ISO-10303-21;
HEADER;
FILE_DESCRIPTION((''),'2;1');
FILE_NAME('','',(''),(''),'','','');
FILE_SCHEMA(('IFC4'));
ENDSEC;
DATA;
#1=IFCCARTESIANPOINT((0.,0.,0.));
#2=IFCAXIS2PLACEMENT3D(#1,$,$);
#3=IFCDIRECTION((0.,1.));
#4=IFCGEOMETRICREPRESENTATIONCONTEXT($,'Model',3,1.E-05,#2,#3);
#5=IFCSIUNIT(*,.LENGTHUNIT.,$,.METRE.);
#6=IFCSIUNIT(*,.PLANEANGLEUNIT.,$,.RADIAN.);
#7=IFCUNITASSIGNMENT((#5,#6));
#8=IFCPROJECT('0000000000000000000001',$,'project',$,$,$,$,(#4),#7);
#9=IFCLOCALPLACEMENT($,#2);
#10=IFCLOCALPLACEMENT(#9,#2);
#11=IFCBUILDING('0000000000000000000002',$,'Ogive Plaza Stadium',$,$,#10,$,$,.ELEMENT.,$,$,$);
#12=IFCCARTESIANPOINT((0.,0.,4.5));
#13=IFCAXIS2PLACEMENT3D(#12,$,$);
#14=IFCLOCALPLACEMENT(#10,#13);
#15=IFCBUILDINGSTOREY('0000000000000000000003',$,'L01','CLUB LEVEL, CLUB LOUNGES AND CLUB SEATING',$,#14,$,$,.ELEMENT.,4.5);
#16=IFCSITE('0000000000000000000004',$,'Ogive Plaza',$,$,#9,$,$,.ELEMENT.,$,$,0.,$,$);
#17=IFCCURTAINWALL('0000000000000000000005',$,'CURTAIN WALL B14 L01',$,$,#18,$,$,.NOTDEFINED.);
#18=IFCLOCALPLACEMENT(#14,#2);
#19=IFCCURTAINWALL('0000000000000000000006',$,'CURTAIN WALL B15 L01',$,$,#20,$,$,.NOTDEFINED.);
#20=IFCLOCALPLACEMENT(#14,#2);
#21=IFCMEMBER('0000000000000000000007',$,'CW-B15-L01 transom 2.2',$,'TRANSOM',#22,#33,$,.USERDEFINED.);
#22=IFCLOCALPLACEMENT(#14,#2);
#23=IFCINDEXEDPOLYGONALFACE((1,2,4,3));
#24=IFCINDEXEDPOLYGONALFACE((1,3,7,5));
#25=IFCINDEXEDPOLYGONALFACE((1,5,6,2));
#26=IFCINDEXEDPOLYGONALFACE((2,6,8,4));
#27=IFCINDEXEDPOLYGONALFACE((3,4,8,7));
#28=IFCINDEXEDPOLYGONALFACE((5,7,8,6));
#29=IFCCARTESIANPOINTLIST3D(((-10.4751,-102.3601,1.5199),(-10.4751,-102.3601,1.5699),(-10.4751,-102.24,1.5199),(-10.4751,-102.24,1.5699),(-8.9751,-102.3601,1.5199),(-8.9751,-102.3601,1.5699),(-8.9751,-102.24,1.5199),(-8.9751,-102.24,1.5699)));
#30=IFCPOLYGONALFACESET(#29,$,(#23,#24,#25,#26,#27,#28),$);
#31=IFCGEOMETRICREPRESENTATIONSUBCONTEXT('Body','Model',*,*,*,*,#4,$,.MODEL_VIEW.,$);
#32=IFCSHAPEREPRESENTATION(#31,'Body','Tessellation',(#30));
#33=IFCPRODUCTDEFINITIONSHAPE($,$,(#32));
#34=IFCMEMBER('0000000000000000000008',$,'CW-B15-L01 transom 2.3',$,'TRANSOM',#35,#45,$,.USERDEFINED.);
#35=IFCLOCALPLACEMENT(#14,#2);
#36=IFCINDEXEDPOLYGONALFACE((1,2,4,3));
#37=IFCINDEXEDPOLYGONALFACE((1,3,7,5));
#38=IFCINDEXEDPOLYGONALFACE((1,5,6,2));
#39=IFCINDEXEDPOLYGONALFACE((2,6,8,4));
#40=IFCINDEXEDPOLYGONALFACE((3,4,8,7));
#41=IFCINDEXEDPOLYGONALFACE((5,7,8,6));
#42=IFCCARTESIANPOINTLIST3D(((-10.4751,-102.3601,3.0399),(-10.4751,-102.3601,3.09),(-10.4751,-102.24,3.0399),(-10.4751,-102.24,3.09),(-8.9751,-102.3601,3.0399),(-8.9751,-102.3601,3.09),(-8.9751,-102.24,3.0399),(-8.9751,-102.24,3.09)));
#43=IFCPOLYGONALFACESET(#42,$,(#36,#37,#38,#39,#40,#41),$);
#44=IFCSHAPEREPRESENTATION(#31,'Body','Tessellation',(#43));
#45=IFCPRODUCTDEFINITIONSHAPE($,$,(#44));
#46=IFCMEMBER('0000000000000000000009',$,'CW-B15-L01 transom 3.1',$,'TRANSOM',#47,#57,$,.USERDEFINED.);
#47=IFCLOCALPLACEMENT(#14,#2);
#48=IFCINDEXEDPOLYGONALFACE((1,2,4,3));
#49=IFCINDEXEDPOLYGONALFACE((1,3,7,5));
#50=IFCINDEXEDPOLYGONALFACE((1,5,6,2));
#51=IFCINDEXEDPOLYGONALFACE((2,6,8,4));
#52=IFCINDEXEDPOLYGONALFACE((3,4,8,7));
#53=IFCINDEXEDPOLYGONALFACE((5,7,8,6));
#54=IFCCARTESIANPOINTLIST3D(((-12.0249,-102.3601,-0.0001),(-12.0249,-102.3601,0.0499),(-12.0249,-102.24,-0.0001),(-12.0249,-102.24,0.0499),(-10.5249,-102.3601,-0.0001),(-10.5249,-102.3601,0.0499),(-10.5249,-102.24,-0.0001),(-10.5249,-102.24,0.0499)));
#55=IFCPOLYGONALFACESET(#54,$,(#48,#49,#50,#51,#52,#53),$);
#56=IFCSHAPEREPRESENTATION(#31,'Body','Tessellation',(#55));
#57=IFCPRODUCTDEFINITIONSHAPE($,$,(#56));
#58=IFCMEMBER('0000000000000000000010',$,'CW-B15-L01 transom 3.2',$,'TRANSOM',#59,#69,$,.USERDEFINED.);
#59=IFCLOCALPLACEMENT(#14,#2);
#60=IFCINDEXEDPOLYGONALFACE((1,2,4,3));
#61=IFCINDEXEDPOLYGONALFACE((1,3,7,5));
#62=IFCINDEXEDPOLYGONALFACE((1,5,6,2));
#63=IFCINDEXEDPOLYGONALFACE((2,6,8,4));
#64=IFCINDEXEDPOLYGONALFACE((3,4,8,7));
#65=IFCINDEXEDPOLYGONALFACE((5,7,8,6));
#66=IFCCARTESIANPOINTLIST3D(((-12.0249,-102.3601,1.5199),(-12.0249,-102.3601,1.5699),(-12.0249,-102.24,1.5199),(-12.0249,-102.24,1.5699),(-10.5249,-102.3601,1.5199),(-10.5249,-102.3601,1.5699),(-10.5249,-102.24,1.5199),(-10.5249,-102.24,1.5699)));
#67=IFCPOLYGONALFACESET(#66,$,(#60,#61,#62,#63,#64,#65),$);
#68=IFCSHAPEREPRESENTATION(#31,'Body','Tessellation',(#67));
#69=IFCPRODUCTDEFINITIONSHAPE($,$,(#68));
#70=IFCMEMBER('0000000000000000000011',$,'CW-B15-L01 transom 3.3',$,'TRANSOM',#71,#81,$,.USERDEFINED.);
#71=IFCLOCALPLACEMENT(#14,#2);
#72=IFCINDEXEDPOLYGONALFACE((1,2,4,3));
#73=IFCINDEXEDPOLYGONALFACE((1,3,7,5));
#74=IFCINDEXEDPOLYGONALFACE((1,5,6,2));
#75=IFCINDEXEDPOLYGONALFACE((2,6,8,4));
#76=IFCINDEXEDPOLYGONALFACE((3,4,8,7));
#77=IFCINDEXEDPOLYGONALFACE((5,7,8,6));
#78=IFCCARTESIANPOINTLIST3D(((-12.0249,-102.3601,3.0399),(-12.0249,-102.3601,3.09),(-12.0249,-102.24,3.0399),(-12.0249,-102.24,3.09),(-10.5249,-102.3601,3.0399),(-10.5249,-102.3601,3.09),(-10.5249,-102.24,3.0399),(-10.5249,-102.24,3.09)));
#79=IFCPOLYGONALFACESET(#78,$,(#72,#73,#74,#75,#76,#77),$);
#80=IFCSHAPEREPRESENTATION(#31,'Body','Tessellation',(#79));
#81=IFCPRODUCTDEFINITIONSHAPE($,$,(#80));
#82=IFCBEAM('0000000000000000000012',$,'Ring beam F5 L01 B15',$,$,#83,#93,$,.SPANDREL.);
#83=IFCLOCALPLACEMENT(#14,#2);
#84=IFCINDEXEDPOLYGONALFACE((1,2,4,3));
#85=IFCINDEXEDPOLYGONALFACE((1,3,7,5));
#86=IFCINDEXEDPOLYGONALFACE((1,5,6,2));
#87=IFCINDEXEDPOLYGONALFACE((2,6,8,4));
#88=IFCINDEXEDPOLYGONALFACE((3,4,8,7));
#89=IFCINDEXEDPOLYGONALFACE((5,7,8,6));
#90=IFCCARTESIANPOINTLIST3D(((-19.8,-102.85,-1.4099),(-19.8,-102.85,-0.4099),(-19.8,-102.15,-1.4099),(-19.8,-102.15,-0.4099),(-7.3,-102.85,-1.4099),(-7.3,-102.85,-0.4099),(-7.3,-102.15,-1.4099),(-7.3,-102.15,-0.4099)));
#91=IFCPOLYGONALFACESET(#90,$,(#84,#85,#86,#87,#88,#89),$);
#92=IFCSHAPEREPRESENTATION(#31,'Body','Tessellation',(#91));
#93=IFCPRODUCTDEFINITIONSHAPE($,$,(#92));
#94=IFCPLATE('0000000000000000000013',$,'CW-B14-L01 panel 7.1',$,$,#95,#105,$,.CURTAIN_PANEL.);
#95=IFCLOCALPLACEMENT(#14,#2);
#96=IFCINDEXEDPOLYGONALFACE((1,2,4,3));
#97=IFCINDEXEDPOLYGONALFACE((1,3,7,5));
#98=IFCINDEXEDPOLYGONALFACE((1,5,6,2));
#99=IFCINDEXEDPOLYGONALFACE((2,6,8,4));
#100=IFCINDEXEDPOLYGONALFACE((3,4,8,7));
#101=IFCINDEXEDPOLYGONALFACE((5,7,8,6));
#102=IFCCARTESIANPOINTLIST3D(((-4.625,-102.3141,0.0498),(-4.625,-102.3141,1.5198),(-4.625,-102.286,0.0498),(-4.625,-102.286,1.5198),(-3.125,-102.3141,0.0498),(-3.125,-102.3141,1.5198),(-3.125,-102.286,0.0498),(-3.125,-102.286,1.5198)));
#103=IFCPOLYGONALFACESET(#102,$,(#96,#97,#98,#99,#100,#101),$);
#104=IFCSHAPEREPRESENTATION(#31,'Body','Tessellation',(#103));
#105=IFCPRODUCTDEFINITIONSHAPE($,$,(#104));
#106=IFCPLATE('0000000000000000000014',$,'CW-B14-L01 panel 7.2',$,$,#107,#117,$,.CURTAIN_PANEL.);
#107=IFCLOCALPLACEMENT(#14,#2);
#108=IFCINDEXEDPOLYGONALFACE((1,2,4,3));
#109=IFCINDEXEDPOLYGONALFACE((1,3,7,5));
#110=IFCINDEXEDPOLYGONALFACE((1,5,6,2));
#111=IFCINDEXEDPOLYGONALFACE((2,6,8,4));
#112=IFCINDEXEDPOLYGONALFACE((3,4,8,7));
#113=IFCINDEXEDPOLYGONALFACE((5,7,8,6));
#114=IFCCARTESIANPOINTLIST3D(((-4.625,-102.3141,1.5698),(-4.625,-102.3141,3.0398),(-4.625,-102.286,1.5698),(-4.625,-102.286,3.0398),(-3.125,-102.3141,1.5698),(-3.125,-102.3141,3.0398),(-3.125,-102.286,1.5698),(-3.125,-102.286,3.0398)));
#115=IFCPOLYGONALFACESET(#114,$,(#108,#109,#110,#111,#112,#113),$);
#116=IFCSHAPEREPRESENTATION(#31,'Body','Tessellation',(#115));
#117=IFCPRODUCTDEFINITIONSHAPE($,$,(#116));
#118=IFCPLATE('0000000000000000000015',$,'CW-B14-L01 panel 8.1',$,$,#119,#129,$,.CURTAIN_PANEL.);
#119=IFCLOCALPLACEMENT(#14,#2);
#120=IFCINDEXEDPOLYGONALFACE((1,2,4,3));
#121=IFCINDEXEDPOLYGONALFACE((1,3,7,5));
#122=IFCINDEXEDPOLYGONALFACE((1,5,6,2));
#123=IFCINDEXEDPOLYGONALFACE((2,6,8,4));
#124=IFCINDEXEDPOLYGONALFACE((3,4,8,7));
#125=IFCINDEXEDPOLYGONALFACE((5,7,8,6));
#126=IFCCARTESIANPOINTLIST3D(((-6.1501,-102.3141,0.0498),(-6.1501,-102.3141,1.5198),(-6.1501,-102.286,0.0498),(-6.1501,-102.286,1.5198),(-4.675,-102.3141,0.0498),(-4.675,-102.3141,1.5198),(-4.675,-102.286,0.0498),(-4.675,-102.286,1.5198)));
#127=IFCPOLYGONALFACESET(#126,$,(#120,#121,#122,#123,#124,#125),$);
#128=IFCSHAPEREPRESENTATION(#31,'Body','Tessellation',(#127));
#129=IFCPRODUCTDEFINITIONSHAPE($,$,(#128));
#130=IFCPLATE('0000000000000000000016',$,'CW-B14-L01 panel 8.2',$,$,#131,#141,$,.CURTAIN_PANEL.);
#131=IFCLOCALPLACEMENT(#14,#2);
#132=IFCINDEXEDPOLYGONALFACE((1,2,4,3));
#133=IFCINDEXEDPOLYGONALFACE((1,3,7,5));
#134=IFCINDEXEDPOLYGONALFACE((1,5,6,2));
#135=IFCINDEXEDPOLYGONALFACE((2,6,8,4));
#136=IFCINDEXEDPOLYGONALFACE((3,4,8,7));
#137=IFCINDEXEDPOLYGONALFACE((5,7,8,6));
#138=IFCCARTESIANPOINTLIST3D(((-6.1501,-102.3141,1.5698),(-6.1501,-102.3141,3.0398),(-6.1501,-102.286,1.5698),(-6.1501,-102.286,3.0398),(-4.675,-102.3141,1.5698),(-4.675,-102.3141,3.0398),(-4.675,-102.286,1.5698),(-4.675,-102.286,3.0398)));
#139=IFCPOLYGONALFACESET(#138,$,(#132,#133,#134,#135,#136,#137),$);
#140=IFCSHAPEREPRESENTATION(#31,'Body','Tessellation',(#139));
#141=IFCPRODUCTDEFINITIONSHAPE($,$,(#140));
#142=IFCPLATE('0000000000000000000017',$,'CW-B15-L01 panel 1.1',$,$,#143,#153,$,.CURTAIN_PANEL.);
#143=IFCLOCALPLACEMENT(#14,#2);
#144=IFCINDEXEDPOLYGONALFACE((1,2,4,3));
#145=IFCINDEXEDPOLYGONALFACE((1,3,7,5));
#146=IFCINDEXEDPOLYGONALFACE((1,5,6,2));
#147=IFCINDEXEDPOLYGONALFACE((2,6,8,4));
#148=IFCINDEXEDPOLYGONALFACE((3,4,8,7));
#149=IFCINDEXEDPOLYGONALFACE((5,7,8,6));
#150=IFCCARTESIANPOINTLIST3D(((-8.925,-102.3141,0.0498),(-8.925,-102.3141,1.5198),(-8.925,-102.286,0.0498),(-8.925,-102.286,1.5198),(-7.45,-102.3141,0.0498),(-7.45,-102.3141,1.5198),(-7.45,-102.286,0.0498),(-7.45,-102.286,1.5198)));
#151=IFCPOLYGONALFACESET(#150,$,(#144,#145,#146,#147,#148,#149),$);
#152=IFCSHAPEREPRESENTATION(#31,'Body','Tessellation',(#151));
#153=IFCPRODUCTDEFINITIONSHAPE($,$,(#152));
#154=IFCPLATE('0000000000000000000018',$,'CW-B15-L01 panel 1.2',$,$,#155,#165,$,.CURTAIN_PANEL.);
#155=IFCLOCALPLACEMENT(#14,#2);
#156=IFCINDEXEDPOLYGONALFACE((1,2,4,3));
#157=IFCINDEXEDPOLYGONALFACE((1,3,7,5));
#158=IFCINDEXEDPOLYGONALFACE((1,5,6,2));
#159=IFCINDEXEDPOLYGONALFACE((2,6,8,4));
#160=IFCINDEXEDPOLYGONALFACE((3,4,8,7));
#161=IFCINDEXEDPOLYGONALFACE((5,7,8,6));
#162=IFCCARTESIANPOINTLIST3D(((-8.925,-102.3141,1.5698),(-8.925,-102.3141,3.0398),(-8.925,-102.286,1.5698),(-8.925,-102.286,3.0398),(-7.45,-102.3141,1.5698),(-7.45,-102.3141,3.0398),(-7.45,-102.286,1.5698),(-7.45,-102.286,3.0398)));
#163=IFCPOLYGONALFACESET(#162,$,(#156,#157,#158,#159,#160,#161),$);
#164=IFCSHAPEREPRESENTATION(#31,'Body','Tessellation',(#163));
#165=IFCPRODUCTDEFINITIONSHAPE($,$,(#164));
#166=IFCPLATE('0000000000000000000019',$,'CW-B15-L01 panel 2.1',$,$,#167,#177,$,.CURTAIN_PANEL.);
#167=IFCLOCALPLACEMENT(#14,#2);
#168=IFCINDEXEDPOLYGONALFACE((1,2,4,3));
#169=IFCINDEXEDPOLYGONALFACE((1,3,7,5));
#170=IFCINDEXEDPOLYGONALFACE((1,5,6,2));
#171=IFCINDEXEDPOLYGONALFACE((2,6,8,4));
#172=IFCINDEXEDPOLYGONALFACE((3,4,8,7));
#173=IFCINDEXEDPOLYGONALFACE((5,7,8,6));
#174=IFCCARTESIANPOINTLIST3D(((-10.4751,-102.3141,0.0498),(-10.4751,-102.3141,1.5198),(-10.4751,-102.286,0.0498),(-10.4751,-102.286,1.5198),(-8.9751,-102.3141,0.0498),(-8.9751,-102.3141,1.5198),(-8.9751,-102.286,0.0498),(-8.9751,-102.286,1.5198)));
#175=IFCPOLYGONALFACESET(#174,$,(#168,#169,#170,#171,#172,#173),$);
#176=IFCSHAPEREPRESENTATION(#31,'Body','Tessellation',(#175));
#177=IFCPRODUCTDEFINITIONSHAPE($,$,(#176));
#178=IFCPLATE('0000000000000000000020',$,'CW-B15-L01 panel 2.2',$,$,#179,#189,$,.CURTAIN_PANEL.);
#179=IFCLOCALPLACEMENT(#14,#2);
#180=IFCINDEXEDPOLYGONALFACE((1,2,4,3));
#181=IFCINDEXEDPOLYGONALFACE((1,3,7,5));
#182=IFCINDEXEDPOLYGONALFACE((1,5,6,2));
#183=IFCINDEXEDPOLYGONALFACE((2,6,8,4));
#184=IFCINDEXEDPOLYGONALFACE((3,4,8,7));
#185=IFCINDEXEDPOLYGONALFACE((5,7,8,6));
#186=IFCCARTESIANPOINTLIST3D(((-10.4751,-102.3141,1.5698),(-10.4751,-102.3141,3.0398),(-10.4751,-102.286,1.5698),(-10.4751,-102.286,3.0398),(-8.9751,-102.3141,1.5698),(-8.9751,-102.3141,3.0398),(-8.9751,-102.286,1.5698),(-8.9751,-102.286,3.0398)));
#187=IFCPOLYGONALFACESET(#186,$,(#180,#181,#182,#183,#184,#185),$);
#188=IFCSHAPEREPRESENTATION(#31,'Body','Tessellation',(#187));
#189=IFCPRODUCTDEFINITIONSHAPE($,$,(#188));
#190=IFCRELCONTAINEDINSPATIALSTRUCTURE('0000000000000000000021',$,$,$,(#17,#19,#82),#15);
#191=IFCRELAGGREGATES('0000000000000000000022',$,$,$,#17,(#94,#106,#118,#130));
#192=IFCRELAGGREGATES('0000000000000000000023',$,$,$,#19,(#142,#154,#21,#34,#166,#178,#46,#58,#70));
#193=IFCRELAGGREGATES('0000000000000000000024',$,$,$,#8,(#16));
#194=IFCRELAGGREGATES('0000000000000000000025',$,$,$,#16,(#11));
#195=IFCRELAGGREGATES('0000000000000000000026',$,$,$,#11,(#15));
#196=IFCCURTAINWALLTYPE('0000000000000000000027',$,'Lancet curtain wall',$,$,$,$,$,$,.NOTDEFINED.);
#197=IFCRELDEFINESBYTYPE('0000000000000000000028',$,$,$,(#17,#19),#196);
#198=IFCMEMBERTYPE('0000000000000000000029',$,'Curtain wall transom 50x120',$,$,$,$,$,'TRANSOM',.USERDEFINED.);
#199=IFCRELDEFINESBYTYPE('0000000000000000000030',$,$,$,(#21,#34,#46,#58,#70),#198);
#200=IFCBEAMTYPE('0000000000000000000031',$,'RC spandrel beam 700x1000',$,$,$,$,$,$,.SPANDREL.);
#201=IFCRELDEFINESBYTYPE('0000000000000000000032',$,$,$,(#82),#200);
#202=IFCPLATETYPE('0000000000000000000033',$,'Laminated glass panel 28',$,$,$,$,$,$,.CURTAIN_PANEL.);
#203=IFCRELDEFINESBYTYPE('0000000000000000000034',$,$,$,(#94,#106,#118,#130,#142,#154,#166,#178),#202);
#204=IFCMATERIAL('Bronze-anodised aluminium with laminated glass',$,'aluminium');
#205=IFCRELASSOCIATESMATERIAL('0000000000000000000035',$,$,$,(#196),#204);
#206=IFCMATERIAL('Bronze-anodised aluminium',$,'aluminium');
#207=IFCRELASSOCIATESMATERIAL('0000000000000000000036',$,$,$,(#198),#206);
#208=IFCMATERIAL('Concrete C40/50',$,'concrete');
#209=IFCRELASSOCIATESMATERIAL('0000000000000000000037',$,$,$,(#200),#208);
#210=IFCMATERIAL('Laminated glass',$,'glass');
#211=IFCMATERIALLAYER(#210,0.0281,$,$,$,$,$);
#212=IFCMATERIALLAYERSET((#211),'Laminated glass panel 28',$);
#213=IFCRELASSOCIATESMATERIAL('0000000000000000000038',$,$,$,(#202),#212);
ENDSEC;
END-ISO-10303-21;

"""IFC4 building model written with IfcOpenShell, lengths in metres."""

from ifc_helpers import new_model, si_unit, direction, frame, origin, origin_2d, place, context, subcontext, project, spatial, rectangle, extrude, material, layer, layer_set, material_profile, profile_set, type_object, element, aggregate, save


model = new_model("IFC4")

# Units and contexts
model_context = context("Model", 3, precision=1e-05, world=origin(), true_north=direction((0.0, 1.0)))
body_context = subcontext(model_context, "Body", "Model", "MODEL_VIEW")
ifc_project = project(units=[si_unit("LENGTHUNIT", "METRE"), si_unit("PLANEANGLEUNIT", "RADIAN")], contexts=[model_context])

# Site, building, storey
site_placement = place(None, origin())
site = spatial("IfcSite", under=ifc_project, at=site_placement, Name="Ogive Plaza", CompositionType="ELEMENT", RefElevation=0.0)
building_placement = place(site_placement, origin())
building = spatial("IfcBuilding", under=site, at=building_placement, Name="Ogive Plaza Stadium", CompositionType="ELEMENT")
storey_placement = place(building_placement, frame((0.0, 0.0, 4.5)))
storey = spatial("IfcBuildingStorey", under=building, at=storey_placement, Name="L01", Description="CLUB LEVEL, CLUB LOUNGES AND CLUB SEATING", CompositionType="ELEMENT", Elevation=4.5)

# Curtain walls
ifc_material_1 = material(Name="Bronze-anodised aluminium with laminated glass", Category="aluminium")
curtain_wall_type = type_object("IfcCurtainWallType", Name="Lancet curtain wall", PredefinedType="NOTDEFINED", material=ifc_material_1)
curtain_wall_1_placement = place(storey_placement, origin())
curtain_wall_1 = element("IfcCurtainWall", 1, at=curtain_wall_1_placement, inside=storey, type_object=curtain_wall_type, Name="CURTAIN WALL B14 L01", PredefinedType="NOTDEFINED")
curtain_wall_2_placement = place(storey_placement, origin())
curtain_wall_2 = element("IfcCurtainWall", 2, at=curtain_wall_2_placement, inside=storey, type_object=curtain_wall_type, Name="CURTAIN WALL B15 L01", PredefinedType="NOTDEFINED")

# Members
ifc_material_2 = material(Name="Bronze-anodised aluminium", Category="aluminium")
ifc_material_profile_1 = material_profile(ifc_material_2, rectangle(XDim=0.1201, YDim=0.05, at=origin_2d()), Name="AL 120x50")
ifc_profile_set_1 = profile_set([ifc_material_profile_1], Name="Bronze-anodised aluminium")
member_type_1 = type_object("IfcMemberType", Name="Curtain wall transom 50x120", ElementType="TRANSOM", PredefinedType="USERDEFINED", material=ifc_profile_set_1)
member_1_placement = place(storey_placement, frame((-8.9751, -102.3, 1.5449), z_axis=(-1.0, 0.0, 0.0), x_axis=(0.0, -1.0, 0.0)))
member_1 = element("IfcMember", 3, at=member_1_placement, type_object=member_type_1, Name="CW-B15-L01 transom 2.2", ObjectType="TRANSOM", PredefinedType="USERDEFINED", context=body_context, shape_type="SweptSolid", body=[
    extrude(rectangle(XDim=0.1201, YDim=0.05, at=origin_2d()), origin(), (0.0, 0.0, 1.0), 1.5),
])
member_2_placement = place(storey_placement, frame((-8.9751, -102.3, 3.0649), z_axis=(-1.0, 0.0, 0.0), x_axis=(0.0, -1.0, 0.0)))
member_2 = element("IfcMember", 4, at=member_2_placement, type_object=member_type_1, Name="CW-B15-L01 transom 2.3", ObjectType="TRANSOM", PredefinedType="USERDEFINED", context=body_context, shape_type="SweptSolid", body=[
    extrude(rectangle(XDim=0.1201, YDim=0.05, at=origin_2d()), origin(), (0.0, 0.0, 1.0), 1.5),
])
member_3_placement = place(storey_placement, frame((-10.5249, -102.3, 0.0249), z_axis=(-1.0, 0.0, 0.0), x_axis=(0.0, -1.0, 0.0)))
member_3 = element("IfcMember", 5, at=member_3_placement, type_object=member_type_1, Name="CW-B15-L01 transom 3.1", ObjectType="TRANSOM", PredefinedType="USERDEFINED", context=body_context, shape_type="SweptSolid", body=[
    extrude(rectangle(XDim=0.1201, YDim=0.05, at=origin_2d()), origin(), (0.0, 0.0, 1.0), 1.5),
])
member_4_placement = place(storey_placement, frame((-10.5249, -102.3, 1.5449), z_axis=(-1.0, 0.0, 0.0), x_axis=(0.0, -1.0, 0.0)))
member_4 = element("IfcMember", 6, at=member_4_placement, type_object=member_type_1, Name="CW-B15-L01 transom 3.2", ObjectType="TRANSOM", PredefinedType="USERDEFINED", context=body_context, shape_type="SweptSolid", body=[
    extrude(rectangle(XDim=0.1201, YDim=0.05, at=origin_2d()), origin(), (0.0, 0.0, 1.0), 1.5),
])
member_5_placement = place(storey_placement, frame((-10.5249, -102.3, 3.0649), z_axis=(-1.0, 0.0, 0.0), x_axis=(0.0, -1.0, 0.0)))
member_5 = element("IfcMember", 7, at=member_5_placement, type_object=member_type_1, Name="CW-B15-L01 transom 3.3", ObjectType="TRANSOM", PredefinedType="USERDEFINED", context=body_context, shape_type="SweptSolid", body=[
    extrude(rectangle(XDim=0.1201, YDim=0.05, at=origin_2d()), origin(), (0.0, 0.0, 1.0), 1.5),
])

# Beam
ifc_material_3 = material(Name="Concrete C40/50", Category="concrete")
ifc_material_profile_2 = material_profile(ifc_material_3, rectangle(XDim=0.7, YDim=1.0, at=origin_2d()), Name="RC 700x1000")
ifc_profile_set_2 = profile_set([ifc_material_profile_2], Name="Concrete C40/50")
beam_type = type_object("IfcBeamType", Name="RC spandrel beam 700x1000", PredefinedType="SPANDREL", material=ifc_profile_set_2)
beam_placement = place(storey_placement, frame((-7.3, -102.5, -0.9099), z_axis=(-1.0, 0.0, 0.0), x_axis=(0.0, -1.0, 0.0)))
element("IfcBeam", 8, at=beam_placement, inside=storey, type_object=beam_type, Name="Ring beam F5 L01 B15", PredefinedType="SPANDREL", context=body_context, shape_type="SweptSolid", body=[
    extrude(rectangle(XDim=0.7, YDim=1.0, at=origin_2d()), origin(), (0.0, 0.0, 1.0), 12.5),
])

# Plates
ifc_material_4 = material(Name="Laminated glass", Category="glass")
ifc_layer_1 = layer(ifc_material_4, 0.0281)
ifc_layer_set_1 = layer_set([ifc_layer_1], Name="Laminated glass panel 28")
plate_type = type_object("IfcPlateType", Name="Laminated glass panel 28", PredefinedType="CURTAIN_PANEL", material=ifc_layer_set_1)
plate_1_placement = place(storey_placement, frame((-3.875, -102.3, 0.0498), z_axis=(0.0, 0.0, 1.0), x_axis=(-1.0, 0.0, 0.0)))
plate_1 = element("IfcPlate", 9, at=plate_1_placement, type_object=plate_type, Name="CW-B14-L01 panel 7.1", PredefinedType="CURTAIN_PANEL", context=body_context, shape_type="SweptSolid", body=[
    extrude(rectangle(XDim=1.5, YDim=0.0281, at=origin_2d()), origin(), (0.0, 0.0, 1.0), 1.47),
])
plate_2_placement = place(storey_placement, frame((-3.875, -102.3, 1.5698), z_axis=(0.0, 0.0, 1.0), x_axis=(-1.0, 0.0, 0.0)))
plate_2 = element("IfcPlate", 10, at=plate_2_placement, type_object=plate_type, Name="CW-B14-L01 panel 7.2", PredefinedType="CURTAIN_PANEL", context=body_context, shape_type="SweptSolid", body=[
    extrude(rectangle(XDim=1.5, YDim=0.0281, at=origin_2d()), origin(), (0.0, 0.0, 1.0), 1.47),
])
plate_3_placement = place(storey_placement, frame((-5.4126, -102.3, 0.0498), z_axis=(0.0, 0.0, 1.0), x_axis=(-1.0, 0.0, 0.0)))
plate_3 = element("IfcPlate", 11, at=plate_3_placement, type_object=plate_type, Name="CW-B14-L01 panel 8.1", PredefinedType="CURTAIN_PANEL", context=body_context, shape_type="SweptSolid", body=[
    extrude(rectangle(XDim=1.4751, YDim=0.0281, at=origin_2d()), origin(), (0.0, 0.0, 1.0), 1.47),
])
plate_4_placement = place(storey_placement, frame((-5.4126, -102.3, 1.5698), z_axis=(0.0, 0.0, 1.0), x_axis=(-1.0, 0.0, 0.0)))
plate_4 = element("IfcPlate", 12, at=plate_4_placement, type_object=plate_type, Name="CW-B14-L01 panel 8.2", PredefinedType="CURTAIN_PANEL", context=body_context, shape_type="SweptSolid", body=[
    extrude(rectangle(XDim=1.4751, YDim=0.0281, at=origin_2d()), origin(), (0.0, 0.0, 1.0), 1.47),
])
aggregate(curtain_wall_1, [plate_1, plate_2, plate_3, plate_4])
plate_5_placement = place(storey_placement, frame((-8.1875, -102.3, 0.0498), z_axis=(0.0, 0.0, 1.0), x_axis=(-1.0, 0.0, 0.0)))
plate_5 = element("IfcPlate", 13, at=plate_5_placement, type_object=plate_type, Name="CW-B15-L01 panel 1.1", PredefinedType="CURTAIN_PANEL", context=body_context, shape_type="SweptSolid", body=[
    extrude(rectangle(XDim=1.4751, YDim=0.0281, at=origin_2d()), origin(), (0.0, 0.0, 1.0), 1.47),
])
plate_6_placement = place(storey_placement, frame((-8.1875, -102.3, 1.5698), z_axis=(0.0, 0.0, 1.0), x_axis=(-1.0, 0.0, 0.0)))
plate_6 = element("IfcPlate", 14, at=plate_6_placement, type_object=plate_type, Name="CW-B15-L01 panel 1.2", PredefinedType="CURTAIN_PANEL", context=body_context, shape_type="SweptSolid", body=[
    extrude(rectangle(XDim=1.4751, YDim=0.0281, at=origin_2d()), origin(), (0.0, 0.0, 1.0), 1.47),
])
plate_7_placement = place(storey_placement, frame((-9.7251, -102.3, 0.0498), z_axis=(0.0, 0.0, 1.0), x_axis=(-1.0, 0.0, 0.0)))
plate_7 = element("IfcPlate", 15, at=plate_7_placement, type_object=plate_type, Name="CW-B15-L01 panel 2.1", PredefinedType="CURTAIN_PANEL", context=body_context, shape_type="SweptSolid", body=[
    extrude(rectangle(XDim=1.5, YDim=0.0281, at=origin_2d()), origin(), (0.0, 0.0, 1.0), 1.47),
])
plate_8_placement = place(storey_placement, frame((-9.7251, -102.3, 1.5698), z_axis=(0.0, 0.0, 1.0), x_axis=(-1.0, 0.0, 0.0)))
plate_8 = element("IfcPlate", 16, at=plate_8_placement, type_object=plate_type, Name="CW-B15-L01 panel 2.2", PredefinedType="CURTAIN_PANEL", context=body_context, shape_type="SweptSolid", body=[
    extrude(rectangle(XDim=1.5, YDim=0.0281, at=origin_2d()), origin(), (0.0, 0.0, 1.0), 1.47),
])
aggregate(curtain_wall_2, [plate_5, plate_6, member_1, member_2, plate_7, plate_8, member_3, member_4, member_5])

save(model, "model.ifc")
